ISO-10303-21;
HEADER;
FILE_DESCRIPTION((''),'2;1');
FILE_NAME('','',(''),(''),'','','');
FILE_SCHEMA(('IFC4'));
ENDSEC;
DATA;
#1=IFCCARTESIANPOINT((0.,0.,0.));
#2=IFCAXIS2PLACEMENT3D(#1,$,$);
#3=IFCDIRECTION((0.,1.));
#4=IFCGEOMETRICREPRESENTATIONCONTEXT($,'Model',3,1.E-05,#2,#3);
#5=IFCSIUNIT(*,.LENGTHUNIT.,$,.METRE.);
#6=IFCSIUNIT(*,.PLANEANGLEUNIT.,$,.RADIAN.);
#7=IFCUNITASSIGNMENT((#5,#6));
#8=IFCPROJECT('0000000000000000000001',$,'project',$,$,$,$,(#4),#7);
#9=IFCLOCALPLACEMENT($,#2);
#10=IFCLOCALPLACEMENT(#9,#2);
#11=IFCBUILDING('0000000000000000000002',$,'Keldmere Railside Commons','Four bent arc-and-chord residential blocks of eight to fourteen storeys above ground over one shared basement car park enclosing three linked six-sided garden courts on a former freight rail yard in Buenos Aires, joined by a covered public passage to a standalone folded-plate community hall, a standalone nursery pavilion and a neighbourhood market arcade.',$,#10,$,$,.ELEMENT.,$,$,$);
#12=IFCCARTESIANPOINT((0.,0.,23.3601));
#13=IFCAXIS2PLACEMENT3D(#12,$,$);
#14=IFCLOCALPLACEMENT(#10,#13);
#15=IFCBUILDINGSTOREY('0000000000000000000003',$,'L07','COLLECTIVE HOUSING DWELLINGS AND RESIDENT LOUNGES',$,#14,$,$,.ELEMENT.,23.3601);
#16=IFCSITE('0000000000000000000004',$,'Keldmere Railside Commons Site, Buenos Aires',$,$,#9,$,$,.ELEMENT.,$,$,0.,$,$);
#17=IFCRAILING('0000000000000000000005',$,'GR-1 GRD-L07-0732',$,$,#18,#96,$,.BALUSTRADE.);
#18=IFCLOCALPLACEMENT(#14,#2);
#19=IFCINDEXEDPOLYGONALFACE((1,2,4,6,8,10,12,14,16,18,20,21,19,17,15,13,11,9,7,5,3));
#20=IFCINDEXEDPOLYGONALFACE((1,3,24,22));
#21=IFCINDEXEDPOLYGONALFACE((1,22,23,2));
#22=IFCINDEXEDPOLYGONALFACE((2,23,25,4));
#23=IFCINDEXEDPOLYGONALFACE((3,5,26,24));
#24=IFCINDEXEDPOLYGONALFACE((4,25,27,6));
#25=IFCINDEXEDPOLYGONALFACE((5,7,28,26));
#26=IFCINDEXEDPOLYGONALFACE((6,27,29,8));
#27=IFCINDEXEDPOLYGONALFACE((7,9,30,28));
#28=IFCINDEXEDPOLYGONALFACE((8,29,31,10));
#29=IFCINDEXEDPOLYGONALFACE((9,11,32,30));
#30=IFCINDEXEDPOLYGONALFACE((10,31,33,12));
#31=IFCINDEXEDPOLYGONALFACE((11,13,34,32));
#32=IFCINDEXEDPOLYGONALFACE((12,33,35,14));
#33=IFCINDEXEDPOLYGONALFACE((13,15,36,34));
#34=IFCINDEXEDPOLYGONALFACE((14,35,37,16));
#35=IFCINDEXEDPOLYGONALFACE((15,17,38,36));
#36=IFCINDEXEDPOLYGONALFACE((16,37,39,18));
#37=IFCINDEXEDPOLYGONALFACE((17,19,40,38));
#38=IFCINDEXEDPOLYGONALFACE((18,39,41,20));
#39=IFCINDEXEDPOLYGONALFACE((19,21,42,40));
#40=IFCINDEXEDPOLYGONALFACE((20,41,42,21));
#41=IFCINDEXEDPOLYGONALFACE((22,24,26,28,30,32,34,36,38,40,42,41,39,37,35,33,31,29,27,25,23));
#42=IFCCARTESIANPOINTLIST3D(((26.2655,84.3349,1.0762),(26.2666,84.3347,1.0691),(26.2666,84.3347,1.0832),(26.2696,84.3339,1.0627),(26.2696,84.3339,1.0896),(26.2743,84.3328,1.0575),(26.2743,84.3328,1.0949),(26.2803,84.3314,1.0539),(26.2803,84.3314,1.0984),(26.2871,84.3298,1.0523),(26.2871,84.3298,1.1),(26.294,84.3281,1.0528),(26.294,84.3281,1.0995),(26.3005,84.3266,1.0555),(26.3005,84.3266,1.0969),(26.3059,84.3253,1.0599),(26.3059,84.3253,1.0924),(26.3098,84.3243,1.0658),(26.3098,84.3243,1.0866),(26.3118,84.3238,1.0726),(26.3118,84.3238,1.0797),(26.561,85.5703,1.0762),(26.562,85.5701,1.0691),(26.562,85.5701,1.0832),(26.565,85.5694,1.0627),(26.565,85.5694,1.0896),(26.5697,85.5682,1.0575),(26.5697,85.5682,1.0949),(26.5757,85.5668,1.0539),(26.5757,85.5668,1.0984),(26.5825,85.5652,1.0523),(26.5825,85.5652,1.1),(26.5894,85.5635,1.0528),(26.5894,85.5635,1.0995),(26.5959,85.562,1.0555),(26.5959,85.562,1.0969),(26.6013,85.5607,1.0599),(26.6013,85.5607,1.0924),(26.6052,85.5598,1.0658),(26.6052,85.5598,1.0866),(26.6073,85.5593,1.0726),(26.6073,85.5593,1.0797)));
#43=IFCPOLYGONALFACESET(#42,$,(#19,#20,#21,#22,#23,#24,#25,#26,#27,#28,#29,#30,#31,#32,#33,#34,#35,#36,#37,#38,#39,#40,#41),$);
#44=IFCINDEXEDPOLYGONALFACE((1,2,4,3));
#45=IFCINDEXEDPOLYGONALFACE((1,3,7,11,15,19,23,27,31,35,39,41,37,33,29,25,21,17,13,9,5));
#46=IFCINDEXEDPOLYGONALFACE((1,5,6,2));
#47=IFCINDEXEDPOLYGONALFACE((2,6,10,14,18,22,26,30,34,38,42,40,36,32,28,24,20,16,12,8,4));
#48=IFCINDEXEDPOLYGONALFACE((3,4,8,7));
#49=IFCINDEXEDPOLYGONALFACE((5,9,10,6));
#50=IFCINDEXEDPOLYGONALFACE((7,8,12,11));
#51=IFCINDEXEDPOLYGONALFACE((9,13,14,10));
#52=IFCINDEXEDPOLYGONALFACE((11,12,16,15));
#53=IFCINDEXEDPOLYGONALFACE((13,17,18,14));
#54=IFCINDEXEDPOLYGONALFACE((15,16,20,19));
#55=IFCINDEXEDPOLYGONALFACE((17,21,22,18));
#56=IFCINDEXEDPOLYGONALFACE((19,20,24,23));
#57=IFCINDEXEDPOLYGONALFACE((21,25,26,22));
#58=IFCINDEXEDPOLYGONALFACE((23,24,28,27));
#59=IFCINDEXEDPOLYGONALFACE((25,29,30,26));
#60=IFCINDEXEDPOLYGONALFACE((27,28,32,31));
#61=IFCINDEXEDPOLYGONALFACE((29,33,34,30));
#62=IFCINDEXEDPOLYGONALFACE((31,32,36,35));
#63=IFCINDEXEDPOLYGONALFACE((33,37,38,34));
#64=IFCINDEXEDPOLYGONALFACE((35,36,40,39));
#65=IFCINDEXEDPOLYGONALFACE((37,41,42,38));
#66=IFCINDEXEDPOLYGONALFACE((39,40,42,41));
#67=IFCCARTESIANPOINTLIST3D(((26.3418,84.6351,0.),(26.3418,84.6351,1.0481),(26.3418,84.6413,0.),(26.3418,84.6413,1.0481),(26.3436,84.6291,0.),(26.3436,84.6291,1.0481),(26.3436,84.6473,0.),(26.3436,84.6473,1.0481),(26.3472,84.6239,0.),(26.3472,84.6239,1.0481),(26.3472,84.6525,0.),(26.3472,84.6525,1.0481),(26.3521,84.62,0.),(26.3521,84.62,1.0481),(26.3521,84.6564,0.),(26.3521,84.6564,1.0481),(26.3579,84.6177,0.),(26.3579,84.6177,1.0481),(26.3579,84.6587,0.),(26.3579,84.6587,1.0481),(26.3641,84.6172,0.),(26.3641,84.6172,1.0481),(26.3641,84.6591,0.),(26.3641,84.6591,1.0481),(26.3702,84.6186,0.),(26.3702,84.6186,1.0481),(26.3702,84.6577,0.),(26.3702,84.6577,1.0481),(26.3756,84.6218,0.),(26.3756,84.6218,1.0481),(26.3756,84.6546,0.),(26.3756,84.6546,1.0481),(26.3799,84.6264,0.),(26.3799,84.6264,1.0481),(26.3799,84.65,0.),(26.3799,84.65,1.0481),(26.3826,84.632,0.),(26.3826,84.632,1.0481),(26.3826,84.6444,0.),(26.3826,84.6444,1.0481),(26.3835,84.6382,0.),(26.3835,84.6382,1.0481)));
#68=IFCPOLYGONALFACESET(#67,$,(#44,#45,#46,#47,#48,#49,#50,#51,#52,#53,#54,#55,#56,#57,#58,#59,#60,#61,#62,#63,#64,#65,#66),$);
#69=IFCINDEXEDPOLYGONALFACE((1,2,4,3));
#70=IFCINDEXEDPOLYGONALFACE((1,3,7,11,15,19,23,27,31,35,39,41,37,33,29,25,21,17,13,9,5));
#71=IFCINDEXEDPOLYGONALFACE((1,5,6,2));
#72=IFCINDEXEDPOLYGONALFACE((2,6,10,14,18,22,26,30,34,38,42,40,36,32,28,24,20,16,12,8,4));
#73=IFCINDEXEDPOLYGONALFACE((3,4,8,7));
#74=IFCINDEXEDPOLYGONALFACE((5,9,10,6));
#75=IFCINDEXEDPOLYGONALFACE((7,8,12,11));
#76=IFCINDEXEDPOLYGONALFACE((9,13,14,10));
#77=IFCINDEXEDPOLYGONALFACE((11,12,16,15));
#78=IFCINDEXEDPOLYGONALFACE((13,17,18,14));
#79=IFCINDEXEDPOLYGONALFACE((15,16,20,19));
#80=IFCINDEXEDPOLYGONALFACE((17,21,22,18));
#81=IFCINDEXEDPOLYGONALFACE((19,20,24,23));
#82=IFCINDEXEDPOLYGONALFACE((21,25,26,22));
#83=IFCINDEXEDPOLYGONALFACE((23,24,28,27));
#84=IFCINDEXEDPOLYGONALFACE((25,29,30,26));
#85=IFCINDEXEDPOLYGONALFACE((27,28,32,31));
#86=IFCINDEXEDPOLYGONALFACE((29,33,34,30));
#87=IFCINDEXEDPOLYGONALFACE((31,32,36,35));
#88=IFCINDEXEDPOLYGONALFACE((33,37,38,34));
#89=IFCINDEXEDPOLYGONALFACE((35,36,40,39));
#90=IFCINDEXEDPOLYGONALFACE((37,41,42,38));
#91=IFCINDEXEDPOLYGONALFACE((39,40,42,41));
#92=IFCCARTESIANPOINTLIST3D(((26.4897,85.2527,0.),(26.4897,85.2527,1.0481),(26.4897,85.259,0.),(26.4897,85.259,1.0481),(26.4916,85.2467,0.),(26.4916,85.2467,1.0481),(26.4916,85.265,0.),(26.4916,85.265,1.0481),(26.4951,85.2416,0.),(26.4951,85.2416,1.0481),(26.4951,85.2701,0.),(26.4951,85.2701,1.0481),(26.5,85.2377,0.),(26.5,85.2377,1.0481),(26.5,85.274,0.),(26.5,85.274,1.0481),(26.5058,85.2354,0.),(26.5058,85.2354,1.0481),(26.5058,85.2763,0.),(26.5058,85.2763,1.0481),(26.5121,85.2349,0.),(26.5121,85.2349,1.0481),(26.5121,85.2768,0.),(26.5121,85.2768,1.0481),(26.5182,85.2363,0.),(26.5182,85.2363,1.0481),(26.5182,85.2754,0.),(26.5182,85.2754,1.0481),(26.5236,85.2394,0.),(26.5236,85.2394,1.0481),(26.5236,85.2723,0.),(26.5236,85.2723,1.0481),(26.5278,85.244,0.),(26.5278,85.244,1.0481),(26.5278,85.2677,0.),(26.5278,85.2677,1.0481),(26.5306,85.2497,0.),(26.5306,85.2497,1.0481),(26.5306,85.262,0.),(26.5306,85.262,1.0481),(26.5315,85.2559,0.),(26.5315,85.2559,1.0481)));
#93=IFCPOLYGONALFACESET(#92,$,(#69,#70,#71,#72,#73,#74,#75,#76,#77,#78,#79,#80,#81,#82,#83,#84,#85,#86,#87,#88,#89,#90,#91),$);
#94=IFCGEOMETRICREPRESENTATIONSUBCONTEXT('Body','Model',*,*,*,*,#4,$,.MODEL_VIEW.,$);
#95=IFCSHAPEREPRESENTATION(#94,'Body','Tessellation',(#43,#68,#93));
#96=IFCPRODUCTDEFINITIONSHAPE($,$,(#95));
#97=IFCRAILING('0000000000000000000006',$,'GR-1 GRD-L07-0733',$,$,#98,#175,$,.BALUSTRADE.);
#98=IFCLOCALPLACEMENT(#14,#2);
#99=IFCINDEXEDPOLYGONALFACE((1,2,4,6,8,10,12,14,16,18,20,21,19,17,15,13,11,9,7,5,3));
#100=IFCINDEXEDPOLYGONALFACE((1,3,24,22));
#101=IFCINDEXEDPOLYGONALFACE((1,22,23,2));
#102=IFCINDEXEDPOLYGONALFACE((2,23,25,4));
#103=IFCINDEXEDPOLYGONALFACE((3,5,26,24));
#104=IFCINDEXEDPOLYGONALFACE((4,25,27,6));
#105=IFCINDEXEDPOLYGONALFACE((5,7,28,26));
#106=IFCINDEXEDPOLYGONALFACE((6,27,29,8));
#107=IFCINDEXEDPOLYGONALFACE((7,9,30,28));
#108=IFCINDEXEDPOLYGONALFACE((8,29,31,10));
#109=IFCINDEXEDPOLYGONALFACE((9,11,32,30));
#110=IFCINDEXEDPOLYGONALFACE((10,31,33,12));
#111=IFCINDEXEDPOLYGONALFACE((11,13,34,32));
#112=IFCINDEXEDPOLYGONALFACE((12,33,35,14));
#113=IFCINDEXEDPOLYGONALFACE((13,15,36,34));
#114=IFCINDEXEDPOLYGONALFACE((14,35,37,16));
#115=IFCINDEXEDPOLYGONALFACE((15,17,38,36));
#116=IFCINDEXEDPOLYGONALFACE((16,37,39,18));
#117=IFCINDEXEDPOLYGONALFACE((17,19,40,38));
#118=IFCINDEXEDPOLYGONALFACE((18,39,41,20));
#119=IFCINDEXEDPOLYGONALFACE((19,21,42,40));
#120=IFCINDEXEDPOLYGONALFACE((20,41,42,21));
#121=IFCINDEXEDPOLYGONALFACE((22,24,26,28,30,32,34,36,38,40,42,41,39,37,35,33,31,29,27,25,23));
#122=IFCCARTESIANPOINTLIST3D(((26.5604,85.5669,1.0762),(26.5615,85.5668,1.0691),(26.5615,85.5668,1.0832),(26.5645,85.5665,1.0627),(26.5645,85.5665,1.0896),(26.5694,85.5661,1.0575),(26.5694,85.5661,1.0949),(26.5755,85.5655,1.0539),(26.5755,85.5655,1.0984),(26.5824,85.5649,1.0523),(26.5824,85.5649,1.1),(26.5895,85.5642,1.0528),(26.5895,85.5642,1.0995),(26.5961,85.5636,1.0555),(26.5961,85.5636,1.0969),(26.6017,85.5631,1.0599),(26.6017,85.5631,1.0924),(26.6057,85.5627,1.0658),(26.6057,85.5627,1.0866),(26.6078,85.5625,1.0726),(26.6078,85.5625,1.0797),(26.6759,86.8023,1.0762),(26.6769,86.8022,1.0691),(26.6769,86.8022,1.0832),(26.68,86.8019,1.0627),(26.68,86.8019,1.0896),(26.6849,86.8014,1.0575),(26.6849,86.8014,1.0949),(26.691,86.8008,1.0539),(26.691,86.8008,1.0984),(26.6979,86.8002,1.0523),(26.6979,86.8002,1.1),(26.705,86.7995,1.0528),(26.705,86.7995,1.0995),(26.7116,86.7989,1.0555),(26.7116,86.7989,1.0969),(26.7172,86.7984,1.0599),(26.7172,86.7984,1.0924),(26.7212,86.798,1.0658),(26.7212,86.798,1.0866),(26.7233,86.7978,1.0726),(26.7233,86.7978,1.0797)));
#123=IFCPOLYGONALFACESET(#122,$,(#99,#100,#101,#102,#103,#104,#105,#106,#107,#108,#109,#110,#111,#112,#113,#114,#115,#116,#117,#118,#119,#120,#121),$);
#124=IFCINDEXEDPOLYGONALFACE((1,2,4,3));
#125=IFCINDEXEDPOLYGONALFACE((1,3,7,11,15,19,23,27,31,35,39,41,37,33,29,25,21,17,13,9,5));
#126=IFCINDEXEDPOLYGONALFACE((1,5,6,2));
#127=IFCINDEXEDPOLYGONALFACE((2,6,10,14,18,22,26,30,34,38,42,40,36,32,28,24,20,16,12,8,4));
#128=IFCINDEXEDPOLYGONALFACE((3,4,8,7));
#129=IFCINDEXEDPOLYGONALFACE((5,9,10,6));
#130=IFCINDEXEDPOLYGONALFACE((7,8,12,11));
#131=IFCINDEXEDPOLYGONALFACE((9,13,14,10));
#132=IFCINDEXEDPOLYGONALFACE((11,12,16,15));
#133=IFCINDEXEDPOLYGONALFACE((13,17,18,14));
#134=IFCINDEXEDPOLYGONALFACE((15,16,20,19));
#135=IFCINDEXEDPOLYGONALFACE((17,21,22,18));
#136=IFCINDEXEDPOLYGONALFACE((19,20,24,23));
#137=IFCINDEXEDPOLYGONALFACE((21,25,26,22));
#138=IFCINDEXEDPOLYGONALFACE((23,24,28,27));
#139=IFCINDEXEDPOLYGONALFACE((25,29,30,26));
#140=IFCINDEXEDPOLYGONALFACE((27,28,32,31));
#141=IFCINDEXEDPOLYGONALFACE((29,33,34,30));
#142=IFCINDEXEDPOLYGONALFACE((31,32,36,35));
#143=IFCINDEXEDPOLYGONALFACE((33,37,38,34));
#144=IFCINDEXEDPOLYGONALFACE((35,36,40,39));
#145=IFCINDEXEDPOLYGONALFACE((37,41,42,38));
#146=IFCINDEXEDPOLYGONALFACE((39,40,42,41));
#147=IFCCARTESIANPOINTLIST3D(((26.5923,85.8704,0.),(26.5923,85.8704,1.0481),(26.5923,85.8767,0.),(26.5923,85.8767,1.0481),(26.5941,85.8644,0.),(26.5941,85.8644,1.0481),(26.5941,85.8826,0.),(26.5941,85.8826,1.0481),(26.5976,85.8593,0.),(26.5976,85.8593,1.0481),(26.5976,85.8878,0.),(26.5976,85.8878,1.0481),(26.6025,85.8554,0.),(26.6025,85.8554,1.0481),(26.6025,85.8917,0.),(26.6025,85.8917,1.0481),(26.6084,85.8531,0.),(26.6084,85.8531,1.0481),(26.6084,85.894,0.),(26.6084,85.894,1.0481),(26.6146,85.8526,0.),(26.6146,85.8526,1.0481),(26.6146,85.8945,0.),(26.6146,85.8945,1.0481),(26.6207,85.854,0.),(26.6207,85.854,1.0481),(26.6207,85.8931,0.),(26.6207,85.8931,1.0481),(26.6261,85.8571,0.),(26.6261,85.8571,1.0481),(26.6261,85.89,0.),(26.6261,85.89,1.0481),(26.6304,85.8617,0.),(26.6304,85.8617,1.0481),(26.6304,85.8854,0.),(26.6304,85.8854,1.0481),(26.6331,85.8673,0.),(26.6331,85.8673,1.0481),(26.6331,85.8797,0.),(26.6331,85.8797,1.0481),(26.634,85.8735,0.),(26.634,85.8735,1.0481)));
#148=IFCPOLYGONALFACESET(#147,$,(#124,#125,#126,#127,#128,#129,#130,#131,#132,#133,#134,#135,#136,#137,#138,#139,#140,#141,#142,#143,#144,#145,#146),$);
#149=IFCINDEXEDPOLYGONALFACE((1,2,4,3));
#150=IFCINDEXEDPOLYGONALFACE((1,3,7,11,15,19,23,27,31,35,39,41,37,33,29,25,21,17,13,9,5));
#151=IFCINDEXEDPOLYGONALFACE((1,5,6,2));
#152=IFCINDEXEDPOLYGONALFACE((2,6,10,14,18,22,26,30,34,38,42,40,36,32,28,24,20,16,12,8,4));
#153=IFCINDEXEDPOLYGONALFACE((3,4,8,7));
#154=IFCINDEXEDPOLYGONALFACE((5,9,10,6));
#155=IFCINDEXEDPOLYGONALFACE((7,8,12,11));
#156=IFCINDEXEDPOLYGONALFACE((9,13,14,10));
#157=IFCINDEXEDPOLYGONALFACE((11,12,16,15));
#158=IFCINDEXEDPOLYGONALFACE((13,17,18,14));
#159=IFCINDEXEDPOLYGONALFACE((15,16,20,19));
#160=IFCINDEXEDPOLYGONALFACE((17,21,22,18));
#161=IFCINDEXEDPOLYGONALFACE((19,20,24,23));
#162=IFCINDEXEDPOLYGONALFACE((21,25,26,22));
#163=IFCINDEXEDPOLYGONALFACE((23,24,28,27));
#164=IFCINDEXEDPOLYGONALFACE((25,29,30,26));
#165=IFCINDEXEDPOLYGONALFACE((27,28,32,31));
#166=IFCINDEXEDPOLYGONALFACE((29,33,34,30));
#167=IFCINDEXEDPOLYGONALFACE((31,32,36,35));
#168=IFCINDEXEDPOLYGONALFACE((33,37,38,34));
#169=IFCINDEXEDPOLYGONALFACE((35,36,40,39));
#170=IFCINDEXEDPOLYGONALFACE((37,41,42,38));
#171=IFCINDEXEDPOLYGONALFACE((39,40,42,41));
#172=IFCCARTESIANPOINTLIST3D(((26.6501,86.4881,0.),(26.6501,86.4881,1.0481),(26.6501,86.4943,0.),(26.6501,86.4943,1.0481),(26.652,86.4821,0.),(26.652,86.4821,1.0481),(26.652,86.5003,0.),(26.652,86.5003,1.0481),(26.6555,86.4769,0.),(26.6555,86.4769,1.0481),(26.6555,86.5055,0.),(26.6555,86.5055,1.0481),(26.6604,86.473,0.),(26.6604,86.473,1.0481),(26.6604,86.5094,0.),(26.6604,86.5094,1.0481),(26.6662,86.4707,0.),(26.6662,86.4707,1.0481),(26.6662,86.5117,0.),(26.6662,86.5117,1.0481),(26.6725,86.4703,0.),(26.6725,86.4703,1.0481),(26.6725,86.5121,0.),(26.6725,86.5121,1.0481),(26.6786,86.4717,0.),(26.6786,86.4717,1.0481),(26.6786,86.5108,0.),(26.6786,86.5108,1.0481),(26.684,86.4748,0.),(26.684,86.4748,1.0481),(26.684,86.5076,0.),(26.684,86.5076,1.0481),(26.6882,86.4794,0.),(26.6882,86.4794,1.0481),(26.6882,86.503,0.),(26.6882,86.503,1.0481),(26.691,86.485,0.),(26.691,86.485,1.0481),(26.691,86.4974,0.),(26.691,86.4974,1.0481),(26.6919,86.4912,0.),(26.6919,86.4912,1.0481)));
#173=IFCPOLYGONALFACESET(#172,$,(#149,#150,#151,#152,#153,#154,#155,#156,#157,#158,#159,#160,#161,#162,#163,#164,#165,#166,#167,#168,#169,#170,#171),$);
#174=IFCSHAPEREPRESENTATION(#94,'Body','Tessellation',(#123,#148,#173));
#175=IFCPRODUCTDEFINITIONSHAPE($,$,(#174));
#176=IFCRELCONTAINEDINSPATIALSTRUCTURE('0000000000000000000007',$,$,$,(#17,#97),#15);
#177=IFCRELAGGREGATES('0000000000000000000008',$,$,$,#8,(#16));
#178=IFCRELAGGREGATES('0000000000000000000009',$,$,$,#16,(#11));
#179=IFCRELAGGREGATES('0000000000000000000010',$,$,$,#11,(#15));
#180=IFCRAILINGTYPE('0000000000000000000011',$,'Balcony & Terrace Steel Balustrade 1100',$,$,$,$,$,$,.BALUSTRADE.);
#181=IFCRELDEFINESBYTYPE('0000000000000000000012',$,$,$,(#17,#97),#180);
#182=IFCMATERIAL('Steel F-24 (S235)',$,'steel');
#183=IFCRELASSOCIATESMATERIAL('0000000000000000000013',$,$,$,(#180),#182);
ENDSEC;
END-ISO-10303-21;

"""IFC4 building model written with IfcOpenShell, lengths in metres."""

from ifc_helpers import new_model, si_unit, direction, frame, origin, origin_2d, place, context, subcontext, project, spatial, circle, extrude, material, type_object, element, save


model = new_model("IFC4")

# Units and contexts
model_context = context("Model", 3, precision=1e-05, world=origin(), true_north=direction((0.0, 1.0)))
body_context = subcontext(model_context, "Body", "Model", "MODEL_VIEW")
ifc_project = project(units=[si_unit("LENGTHUNIT", "METRE"), si_unit("PLANEANGLEUNIT", "RADIAN")], contexts=[model_context])

# Site, building, storey
site_placement = place(None, origin())
site = spatial("IfcSite", under=ifc_project, at=site_placement, Name="Keldmere Railside Commons Site, Buenos Aires", CompositionType="ELEMENT", RefElevation=0.0)
building_placement = place(site_placement, origin())
building = spatial("IfcBuilding", under=site, at=building_placement, Name="Keldmere Railside Commons", Description="Four bent arc-and-chord residential blocks of eight to fourteen storeys above ground over one shared basement car park enclosing three linked six-sided garden courts on a former freight rail yard in Buenos Aires, joined by a covered public passage to a standalone folded-plate community hall, a standalone nursery pavilion and a neighbourhood market arcade.", CompositionType="ELEMENT")
storey_placement = place(building_placement, frame((0.0, 0.0, 23.3601)))
storey = spatial("IfcBuildingStorey", under=building, at=storey_placement, Name="L07", Description="COLLECTIVE HOUSING DWELLINGS AND RESIDENT LOUNGES", CompositionType="ELEMENT", Elevation=23.3601)

# Railings
ifc_material_1 = material(Name="Steel F-24 (S235)", Category="steel")
railing_type = type_object("IfcRailingType", Name="Balcony & Terrace Steel Balustrade 1100", PredefinedType="BALUSTRADE", material=ifc_material_1)
railing_1_placement = place(storey_placement, frame((26.2888, 84.3293, 0.0)))
element("IfcRailing", 1, at=railing_1_placement, inside=storey, type_object=railing_type, Name="GR-1 GRD-L07-0732", PredefinedType="BALUSTRADE", context=body_context, shape_type="SweptSolid", body=[
    extrude(circle(Radius=0.0239, at=origin_2d()), frame((0.0, 0.0, 1.0762), z_axis=(0.232573, 0.972579, 0.0), x_axis=(-0.972579, 0.232573, 0.0)), (0.0, 0.0, 1.0), 1.2703),
    extrude(circle(Radius=0.021, at=origin_2d()), frame((0.0737, 0.3088, 0.0)), (0.0, 0.0, 1.0), 1.0481),
    extrude(circle(Radius=0.021, at=origin_2d()), frame((0.2217, 0.9265, 0.0)), (0.0, 0.0, 1.0), 1.0481),
])
railing_2_placement = place(storey_placement, frame((26.5842, 85.5647, 0.0)))
element("IfcRailing", 2, at=railing_2_placement, inside=storey, type_object=railing_type, Name="GR-1 GRD-L07-0733", PredefinedType="BALUSTRADE", context=body_context, shape_type="SweptSolid", body=[
    extrude(circle(Radius=0.0239, at=origin_2d()), frame((0.0, 0.0, 1.0762), z_axis=(0.093073, 0.995659, 0.0), x_axis=(-0.995659, 0.093073, 0.0)), (0.0, 0.0, 1.0), 1.2407),
    extrude(circle(Radius=0.021, at=origin_2d()), frame((0.0288, 0.3088, 0.0)), (0.0, 0.0, 1.0), 1.0481),
    extrude(circle(Radius=0.021, at=origin_2d()), frame((0.0867, 0.9265, 0.0)), (0.0, 0.0, 1.0), 1.0481),
])

save(model, "model.ifc")
